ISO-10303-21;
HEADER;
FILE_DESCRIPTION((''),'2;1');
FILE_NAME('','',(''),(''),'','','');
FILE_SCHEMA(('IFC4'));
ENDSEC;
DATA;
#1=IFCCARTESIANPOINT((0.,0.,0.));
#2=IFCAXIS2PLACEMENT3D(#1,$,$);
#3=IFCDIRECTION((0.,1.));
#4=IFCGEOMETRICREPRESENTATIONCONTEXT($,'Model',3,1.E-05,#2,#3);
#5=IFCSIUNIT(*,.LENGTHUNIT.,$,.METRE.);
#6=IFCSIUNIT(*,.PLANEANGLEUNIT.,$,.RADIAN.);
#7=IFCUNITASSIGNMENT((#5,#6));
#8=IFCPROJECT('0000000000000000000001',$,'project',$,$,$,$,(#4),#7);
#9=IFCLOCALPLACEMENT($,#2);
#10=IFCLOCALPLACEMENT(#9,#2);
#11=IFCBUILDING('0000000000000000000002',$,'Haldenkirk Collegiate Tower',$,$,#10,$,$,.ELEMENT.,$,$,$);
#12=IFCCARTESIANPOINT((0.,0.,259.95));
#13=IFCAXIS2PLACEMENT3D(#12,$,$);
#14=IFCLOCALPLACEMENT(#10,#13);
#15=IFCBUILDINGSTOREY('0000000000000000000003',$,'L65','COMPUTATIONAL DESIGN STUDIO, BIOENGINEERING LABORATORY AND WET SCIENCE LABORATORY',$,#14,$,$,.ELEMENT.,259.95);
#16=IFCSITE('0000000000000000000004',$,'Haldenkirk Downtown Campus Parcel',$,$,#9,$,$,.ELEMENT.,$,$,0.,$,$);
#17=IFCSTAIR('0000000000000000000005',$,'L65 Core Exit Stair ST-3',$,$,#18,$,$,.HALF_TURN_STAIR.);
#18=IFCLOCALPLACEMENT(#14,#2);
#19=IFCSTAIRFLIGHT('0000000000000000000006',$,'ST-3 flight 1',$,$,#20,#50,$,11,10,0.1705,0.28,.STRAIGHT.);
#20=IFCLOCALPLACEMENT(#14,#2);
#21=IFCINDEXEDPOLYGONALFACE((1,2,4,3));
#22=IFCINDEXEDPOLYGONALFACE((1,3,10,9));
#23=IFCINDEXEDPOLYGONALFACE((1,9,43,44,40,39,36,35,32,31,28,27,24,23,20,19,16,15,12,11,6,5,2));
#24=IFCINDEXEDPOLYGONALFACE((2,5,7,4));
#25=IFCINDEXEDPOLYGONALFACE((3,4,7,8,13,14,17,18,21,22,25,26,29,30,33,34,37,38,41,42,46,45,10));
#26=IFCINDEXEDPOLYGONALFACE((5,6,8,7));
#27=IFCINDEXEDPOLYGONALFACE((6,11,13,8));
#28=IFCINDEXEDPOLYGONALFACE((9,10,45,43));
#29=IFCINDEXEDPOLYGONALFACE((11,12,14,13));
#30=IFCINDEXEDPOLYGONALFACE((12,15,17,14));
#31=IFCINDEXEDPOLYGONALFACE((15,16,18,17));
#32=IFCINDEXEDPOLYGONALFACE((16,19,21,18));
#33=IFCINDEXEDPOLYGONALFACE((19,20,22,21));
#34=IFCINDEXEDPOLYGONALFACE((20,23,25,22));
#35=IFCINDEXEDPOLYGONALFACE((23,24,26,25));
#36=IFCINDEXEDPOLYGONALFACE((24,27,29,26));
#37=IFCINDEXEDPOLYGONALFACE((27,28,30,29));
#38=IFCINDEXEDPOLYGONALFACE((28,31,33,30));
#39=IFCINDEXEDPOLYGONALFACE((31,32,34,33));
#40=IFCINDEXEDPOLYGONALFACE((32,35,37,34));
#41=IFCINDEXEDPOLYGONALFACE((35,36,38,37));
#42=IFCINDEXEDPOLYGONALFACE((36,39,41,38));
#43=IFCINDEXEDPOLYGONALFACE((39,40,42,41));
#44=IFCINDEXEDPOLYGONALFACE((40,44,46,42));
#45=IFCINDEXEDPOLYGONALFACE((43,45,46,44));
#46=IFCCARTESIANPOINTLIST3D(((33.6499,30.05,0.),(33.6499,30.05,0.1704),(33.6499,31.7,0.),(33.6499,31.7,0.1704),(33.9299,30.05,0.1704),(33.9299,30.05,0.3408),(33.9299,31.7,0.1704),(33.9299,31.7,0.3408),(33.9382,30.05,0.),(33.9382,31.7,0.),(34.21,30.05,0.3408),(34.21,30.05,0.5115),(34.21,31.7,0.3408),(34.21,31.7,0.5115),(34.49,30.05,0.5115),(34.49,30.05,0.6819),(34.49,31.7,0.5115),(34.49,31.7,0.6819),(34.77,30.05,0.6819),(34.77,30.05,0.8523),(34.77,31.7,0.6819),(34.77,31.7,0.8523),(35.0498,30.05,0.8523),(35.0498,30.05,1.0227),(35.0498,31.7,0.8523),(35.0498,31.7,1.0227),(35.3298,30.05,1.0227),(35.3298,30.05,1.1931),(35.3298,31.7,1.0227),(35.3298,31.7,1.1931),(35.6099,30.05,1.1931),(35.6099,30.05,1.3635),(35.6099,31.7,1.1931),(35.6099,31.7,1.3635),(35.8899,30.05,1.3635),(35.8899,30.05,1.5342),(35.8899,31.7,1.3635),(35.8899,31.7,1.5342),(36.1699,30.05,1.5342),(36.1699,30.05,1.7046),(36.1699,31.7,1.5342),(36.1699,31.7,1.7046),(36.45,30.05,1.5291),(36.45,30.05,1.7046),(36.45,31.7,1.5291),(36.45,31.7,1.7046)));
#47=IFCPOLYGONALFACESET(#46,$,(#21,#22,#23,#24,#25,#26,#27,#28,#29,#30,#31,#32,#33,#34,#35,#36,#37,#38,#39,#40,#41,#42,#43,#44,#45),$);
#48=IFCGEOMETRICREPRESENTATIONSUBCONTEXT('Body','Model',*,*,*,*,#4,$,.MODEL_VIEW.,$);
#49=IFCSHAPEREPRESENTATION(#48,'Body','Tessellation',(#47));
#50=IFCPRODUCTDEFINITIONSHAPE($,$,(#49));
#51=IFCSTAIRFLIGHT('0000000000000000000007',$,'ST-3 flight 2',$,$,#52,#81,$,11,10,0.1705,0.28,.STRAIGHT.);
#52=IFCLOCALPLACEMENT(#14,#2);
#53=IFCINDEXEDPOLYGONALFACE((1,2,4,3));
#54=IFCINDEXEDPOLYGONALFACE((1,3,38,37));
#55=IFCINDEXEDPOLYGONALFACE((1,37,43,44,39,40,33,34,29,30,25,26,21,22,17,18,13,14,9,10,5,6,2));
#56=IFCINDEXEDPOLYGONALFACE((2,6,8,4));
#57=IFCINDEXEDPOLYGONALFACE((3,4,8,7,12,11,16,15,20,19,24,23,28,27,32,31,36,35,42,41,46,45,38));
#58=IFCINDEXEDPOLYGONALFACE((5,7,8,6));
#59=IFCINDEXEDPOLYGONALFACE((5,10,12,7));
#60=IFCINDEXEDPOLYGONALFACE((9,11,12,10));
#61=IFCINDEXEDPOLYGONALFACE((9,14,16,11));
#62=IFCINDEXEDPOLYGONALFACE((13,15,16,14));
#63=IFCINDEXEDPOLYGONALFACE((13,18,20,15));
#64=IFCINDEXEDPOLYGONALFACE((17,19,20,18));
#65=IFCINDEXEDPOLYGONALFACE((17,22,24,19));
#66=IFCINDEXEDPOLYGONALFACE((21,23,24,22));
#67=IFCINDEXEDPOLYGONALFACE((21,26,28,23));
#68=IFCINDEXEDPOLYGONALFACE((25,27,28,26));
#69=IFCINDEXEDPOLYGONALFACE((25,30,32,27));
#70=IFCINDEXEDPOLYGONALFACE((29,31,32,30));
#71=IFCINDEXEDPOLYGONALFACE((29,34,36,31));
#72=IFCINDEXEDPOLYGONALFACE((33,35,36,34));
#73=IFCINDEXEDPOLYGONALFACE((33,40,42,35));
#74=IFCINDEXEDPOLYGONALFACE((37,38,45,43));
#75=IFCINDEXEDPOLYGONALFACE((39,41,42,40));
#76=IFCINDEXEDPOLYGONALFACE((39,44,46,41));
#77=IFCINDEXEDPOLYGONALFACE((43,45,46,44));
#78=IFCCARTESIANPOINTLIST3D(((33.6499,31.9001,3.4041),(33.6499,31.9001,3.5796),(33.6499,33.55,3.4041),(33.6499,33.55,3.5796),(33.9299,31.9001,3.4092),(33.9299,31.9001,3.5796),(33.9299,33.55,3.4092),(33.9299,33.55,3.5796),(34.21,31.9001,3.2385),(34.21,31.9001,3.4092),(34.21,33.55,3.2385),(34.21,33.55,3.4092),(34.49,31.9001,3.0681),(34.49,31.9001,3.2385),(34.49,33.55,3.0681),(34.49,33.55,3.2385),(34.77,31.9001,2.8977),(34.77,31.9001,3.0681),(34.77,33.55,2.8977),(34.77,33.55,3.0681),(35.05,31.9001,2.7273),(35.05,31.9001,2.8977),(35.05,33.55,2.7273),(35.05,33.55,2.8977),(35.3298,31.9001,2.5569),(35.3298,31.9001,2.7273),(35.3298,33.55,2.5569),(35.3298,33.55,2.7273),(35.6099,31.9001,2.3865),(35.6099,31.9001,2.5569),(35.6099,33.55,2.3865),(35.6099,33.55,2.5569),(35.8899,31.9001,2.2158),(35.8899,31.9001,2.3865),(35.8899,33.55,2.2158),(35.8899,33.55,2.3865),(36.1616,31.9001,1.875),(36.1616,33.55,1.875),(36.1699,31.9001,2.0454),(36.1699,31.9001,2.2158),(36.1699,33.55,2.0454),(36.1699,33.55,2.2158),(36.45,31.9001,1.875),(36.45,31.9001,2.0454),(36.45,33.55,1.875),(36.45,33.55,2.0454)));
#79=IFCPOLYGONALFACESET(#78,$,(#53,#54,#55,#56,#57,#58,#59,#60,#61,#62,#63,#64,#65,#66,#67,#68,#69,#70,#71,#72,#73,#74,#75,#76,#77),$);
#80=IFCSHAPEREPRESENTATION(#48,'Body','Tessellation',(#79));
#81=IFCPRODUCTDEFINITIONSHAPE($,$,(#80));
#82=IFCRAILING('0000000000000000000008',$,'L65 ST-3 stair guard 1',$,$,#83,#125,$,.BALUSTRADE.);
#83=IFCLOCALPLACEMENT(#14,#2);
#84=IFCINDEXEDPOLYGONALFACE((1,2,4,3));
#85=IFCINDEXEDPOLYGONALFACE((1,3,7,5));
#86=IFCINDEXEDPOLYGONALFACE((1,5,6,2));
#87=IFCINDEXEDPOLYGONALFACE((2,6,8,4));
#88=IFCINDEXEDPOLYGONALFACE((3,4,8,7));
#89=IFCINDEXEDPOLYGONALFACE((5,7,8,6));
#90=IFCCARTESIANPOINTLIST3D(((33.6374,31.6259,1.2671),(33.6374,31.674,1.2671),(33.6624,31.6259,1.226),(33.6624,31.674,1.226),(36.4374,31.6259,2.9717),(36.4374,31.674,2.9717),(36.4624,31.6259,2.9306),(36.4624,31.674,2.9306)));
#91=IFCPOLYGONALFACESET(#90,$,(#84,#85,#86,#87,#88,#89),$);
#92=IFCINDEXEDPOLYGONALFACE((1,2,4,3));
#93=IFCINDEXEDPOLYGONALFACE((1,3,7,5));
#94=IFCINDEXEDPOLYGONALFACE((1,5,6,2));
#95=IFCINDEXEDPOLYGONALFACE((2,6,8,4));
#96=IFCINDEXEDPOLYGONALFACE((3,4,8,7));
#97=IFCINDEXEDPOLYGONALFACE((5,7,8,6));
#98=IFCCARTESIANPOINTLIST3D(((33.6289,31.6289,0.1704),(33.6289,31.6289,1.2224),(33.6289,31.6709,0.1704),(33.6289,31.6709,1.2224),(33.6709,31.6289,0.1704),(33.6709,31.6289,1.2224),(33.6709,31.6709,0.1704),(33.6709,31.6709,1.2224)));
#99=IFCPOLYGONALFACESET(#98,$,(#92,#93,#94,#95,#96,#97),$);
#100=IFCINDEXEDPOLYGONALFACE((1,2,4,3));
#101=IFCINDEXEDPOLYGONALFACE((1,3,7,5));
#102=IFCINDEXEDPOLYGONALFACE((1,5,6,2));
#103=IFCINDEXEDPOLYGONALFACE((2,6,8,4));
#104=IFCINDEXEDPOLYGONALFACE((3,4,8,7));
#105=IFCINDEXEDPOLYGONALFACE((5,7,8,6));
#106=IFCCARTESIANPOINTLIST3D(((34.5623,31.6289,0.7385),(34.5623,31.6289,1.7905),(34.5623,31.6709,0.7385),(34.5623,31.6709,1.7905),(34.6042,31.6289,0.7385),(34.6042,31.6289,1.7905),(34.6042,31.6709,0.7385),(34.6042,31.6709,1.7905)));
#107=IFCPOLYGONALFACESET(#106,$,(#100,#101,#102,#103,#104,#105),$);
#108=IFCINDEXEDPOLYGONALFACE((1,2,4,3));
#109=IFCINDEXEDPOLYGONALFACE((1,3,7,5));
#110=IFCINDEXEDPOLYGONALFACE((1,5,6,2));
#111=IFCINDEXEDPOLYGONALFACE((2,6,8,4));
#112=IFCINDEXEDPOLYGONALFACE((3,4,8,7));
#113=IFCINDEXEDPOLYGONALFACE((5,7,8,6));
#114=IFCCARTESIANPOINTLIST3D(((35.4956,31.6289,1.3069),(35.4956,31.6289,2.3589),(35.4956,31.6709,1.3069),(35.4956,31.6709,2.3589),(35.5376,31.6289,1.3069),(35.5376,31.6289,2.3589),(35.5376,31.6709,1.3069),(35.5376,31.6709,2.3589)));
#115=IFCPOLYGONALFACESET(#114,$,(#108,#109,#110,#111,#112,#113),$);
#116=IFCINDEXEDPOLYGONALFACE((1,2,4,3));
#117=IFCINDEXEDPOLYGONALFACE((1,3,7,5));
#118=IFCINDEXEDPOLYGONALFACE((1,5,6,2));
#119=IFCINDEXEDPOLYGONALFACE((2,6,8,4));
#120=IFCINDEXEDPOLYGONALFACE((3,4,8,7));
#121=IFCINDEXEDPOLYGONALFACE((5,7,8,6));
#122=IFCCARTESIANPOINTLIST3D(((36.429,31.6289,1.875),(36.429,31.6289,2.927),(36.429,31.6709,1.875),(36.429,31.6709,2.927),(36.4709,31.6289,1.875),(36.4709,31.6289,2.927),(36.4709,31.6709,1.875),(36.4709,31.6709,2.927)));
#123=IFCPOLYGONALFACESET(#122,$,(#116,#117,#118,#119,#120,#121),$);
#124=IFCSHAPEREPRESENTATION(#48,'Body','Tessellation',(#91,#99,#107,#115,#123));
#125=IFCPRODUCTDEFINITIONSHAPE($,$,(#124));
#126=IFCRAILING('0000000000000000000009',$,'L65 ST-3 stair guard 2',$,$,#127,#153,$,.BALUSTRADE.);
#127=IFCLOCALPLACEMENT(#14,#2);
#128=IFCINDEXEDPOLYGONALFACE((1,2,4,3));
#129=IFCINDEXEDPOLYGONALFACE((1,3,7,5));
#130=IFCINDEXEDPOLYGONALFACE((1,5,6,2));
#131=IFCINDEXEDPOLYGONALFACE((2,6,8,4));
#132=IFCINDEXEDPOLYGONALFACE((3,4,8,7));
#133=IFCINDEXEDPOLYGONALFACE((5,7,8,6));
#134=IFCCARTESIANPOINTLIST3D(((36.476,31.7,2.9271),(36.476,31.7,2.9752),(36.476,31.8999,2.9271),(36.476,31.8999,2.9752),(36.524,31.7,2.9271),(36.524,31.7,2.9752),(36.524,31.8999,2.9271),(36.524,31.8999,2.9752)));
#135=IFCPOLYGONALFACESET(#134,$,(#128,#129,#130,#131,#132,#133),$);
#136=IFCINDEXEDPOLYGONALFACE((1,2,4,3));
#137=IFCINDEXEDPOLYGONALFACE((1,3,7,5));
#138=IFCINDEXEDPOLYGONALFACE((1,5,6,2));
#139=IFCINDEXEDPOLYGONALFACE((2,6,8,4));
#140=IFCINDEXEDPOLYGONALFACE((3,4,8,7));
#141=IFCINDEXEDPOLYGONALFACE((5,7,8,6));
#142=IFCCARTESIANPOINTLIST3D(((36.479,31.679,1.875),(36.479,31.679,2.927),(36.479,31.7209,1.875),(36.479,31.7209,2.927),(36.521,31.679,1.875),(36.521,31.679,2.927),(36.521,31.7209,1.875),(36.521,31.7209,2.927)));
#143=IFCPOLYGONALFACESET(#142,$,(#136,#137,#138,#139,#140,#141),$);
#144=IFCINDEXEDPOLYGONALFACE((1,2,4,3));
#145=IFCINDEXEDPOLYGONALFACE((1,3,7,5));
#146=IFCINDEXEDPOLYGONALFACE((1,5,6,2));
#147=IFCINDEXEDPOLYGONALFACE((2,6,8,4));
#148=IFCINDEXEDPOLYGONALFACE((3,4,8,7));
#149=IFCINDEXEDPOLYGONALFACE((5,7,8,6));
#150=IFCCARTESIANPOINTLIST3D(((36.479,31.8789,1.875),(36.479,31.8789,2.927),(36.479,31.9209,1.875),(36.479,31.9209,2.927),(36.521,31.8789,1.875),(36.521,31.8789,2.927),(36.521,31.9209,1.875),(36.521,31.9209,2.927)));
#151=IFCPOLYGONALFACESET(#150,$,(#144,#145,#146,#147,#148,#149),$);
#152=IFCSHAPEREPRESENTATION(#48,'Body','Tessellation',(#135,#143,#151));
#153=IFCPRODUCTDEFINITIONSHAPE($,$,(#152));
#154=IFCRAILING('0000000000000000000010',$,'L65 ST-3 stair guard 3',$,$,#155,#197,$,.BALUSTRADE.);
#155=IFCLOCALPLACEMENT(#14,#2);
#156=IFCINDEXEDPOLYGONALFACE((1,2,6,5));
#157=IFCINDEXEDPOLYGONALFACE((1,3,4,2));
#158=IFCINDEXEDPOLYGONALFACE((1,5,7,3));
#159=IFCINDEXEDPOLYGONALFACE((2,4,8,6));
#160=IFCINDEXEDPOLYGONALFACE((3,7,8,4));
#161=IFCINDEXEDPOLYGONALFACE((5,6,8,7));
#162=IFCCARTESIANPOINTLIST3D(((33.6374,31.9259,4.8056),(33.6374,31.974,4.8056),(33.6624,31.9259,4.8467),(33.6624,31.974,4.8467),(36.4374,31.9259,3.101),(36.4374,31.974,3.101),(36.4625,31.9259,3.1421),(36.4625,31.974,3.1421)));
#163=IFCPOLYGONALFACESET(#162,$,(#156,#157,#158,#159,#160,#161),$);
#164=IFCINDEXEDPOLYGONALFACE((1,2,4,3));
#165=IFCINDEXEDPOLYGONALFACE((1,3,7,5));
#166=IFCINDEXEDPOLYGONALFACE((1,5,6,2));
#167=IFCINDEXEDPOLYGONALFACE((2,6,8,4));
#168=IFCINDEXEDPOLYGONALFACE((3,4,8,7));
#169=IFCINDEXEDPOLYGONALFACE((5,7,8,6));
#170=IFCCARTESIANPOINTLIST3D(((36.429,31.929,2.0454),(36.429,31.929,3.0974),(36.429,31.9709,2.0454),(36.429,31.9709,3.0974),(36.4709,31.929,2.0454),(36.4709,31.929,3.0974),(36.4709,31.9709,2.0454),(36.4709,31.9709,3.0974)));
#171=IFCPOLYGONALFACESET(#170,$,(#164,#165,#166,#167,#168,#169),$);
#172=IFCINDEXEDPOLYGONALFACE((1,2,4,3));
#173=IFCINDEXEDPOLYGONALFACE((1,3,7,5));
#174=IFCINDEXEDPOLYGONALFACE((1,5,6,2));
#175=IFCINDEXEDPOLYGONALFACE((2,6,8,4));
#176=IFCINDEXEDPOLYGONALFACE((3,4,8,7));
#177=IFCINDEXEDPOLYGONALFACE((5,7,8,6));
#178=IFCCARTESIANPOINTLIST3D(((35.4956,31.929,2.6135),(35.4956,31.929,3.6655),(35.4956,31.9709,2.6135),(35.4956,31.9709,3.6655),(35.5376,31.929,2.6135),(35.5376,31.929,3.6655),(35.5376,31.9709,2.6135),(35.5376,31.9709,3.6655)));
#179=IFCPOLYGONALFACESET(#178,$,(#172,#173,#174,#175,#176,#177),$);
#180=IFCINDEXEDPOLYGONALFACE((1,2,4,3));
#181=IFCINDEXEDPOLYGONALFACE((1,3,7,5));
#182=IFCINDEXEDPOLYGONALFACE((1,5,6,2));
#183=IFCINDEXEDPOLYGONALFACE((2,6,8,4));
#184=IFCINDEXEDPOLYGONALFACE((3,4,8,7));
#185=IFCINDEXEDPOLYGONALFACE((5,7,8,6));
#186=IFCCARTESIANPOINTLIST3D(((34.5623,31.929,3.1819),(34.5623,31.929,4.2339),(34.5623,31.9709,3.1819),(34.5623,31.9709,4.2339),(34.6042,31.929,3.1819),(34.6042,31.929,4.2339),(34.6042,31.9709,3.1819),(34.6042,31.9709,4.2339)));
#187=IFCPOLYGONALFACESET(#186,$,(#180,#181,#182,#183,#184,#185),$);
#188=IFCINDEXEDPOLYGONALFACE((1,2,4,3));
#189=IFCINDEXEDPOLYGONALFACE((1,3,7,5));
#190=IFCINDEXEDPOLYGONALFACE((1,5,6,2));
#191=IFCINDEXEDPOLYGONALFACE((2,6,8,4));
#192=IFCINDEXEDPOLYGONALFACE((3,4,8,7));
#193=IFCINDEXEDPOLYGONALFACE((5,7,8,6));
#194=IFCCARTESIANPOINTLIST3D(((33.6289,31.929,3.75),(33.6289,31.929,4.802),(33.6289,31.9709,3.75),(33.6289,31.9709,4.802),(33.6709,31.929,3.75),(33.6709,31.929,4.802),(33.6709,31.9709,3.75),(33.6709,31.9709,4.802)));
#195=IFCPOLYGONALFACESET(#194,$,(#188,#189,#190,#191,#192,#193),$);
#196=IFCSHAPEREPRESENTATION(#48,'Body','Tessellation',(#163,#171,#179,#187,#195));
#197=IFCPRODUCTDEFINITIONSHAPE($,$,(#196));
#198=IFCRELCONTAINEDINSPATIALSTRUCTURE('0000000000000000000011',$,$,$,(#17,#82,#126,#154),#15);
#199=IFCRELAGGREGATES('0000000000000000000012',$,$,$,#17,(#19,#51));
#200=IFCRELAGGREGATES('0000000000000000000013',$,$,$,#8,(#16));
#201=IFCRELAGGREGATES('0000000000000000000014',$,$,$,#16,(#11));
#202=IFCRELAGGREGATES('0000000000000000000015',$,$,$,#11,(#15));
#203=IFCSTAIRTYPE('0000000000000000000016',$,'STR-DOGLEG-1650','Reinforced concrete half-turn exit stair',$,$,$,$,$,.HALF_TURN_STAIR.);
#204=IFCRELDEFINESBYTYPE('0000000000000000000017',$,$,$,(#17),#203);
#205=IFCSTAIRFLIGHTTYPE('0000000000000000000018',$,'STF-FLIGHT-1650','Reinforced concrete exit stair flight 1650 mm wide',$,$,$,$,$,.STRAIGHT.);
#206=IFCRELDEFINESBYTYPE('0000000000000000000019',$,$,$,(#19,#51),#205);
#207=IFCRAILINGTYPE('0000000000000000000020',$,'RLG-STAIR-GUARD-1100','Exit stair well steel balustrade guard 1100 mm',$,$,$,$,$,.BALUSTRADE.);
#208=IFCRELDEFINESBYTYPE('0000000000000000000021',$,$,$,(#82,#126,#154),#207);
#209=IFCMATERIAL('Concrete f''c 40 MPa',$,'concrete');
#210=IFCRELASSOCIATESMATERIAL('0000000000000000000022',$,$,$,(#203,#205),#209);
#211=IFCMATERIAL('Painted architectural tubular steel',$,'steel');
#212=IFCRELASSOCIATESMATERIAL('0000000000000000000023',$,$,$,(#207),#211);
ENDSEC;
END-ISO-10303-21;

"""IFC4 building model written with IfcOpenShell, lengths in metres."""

from ifc_helpers import new_model, si_unit, direction, frame, origin, origin_2d, place, context, subcontext, project, spatial, polyline, rectangle, outline, extrude, material, type_object, element, aggregate, save


model = new_model("IFC4")

# Units and contexts
model_context = context("Model", 3, precision=1e-05, world=origin(), true_north=direction((0.0, 1.0)))
body_context = subcontext(model_context, "Body", "Model", "MODEL_VIEW")
ifc_project = project(units=[si_unit("LENGTHUNIT", "METRE"), si_unit("PLANEANGLEUNIT", "RADIAN")], contexts=[model_context])

# Site, building, storey
site_placement = place(None, origin())
site = spatial("IfcSite", under=ifc_project, at=site_placement, Name="Haldenkirk Downtown Campus Parcel", CompositionType="ELEMENT", RefElevation=0.0)
building_placement = place(site_placement, origin())
building = spatial("IfcBuilding", under=site, at=building_placement, Name="Haldenkirk Collegiate Tower", CompositionType="ELEMENT")
storey_placement = place(building_placement, frame((0.0, 0.0, 259.95)))
storey = spatial("IfcBuildingStorey", under=building, at=storey_placement, Name="L65", Description="COMPUTATIONAL DESIGN STUDIO, BIOENGINEERING LABORATORY AND WET SCIENCE LABORATORY", CompositionType="ELEMENT", Elevation=259.95)

# Stair, stair flights
ifc_material_1 = material(Name="Concrete f'c 40 MPa", Category="concrete")
stair_type = type_object("IfcStairType", Name="STR-DOGLEG-1650", Description="Reinforced concrete half-turn exit stair", PredefinedType="HALF_TURN_STAIR", material=ifc_material_1)
stair_placement = place(storey_placement, origin())
stair = element("IfcStair", 1, at=stair_placement, inside=storey, type_object=stair_type, Name="L65 Core Exit Stair ST-3", PredefinedType="HALF_TURN_STAIR")
stair_flight_type = type_object("IfcStairFlightType", Name="STF-FLIGHT-1650", Description="Reinforced concrete exit stair flight 1650 mm wide", PredefinedType="STRAIGHT", material=ifc_material_1)
stair_flight_1_placement = place(storey_placement, frame((33.6499, 30.875, 0.0), z_axis=(0.0, 0.0, 1.0), x_axis=(1.0, 0.0, 0.0)))
stair_flight_1 = element("IfcStairFlight", 2, at=stair_flight_1_placement, type_object=stair_flight_type, Name="ST-3 flight 1", NumberOfRisers=11, NumberOfTreads=10, PredefinedType="STRAIGHT", RiserHeight=0.1705, TreadLength=0.28, context=body_context, shape_type="SweptSolid", body=[
    extrude(outline(polyline([(0.0, 0.0), (0.0, 0.1704), (0.28, 0.1704), (0.28, 0.3408), (0.5601, 0.3408), (0.5601, 0.5115), (0.8401, 0.5115), (0.8401, 0.6819), (1.1201, 0.6819), (1.1201, 0.8523), (1.3999, 0.8523), (1.3999, 1.0227), (1.6799, 1.0227), (1.6799, 1.1931), (1.96, 1.1931), (1.96, 1.3635), (2.24, 1.3635), (2.24, 1.5342), (2.52, 1.5342), (2.52, 1.7046), (2.8, 1.7046), (2.8, 1.875), (2.8, 1.5291), (0.2883, 0.0), (0.0, 0.0)])), frame((0.0, 0.825, 0.0), z_axis=(0.0, -1.0, 0.0), x_axis=(1.0, 0.0, 0.0)), (0.0, 0.0, 1.0), 1.6499),
])
stair_flight_2_placement = place(storey_placement, frame((36.45, 32.7251, 1.875), z_axis=(0.0, 0.0, 1.0), x_axis=(-1.0, 0.0, 0.0)))
stair_flight_2 = element("IfcStairFlight", 3, at=stair_flight_2_placement, type_object=stair_flight_type, Name="ST-3 flight 2", NumberOfRisers=11, NumberOfTreads=10, PredefinedType="STRAIGHT", RiserHeight=0.1705, TreadLength=0.28, context=body_context, shape_type="SweptSolid", body=[
    extrude(outline(polyline([(0.0, 0.0), (0.0, 0.1704), (0.28, 0.1704), (0.28, 0.3408), (0.5601, 0.3408), (0.5601, 0.5115), (0.8401, 0.5115), (0.8401, 0.6819), (1.1201, 0.6819), (1.1201, 0.8523), (1.3999, 0.8523), (1.3999, 1.0227), (1.6799, 1.0227), (1.6799, 1.1931), (1.96, 1.1931), (1.96, 1.3635), (2.24, 1.3635), (2.24, 1.5342), (2.52, 1.5342), (2.52, 1.7046), (2.8, 1.7046), (2.8, 1.875), (2.8, 1.5291), (0.2883, 0.0), (0.0, 0.0)])), frame((0.0, 0.825, 0.0), z_axis=(0.0, -1.0, 0.0), x_axis=(1.0, 0.0, 0.0)), (0.0, 0.0, 1.0), 1.6499),
])
aggregate(stair, [stair_flight_1, stair_flight_2])

# Railings
ifc_material_2 = material(Name="Painted architectural tubular steel", Category="steel")
railing_type_1 = type_object("IfcRailingType", Name="RLG-STAIR-GUARD-1100", Description="Exit stair well steel balustrade guard 1100 mm", PredefinedType="BALUSTRADE", material=ifc_material_2)
railing_1_placement = place(storey_placement, frame((33.6499, 31.6499, 0.1704)))
element("IfcRailing", 4, at=railing_1_placement, inside=storey, type_object=railing_type_1, Name="L65 ST-3 stair guard 1", PredefinedType="BALUSTRADE", context=body_context, shape_type="SweptSolid", body=[
    extrude(rectangle(XDim=0.0481, YDim=0.0481, at=origin_2d()), frame((0.0, 0.0, 1.0762), z_axis=(0.85417, 0.0, 0.519994), x_axis=(0.0, 1.0, 0.0)), (0.0, 0.0, 1.0), 3.2781),
    extrude(rectangle(XDim=0.042, YDim=0.042, at=origin_2d()), origin(), (0.0, 0.0, 1.0), 1.052),
    extrude(rectangle(XDim=0.042, YDim=0.042, at=origin_2d()), frame((0.9333, 0.0, 0.5681)), (0.0, 0.0, 1.0), 1.052),
    extrude(rectangle(XDim=0.042, YDim=0.042, at=origin_2d()), frame((1.8667, 0.0, 1.1365)), (0.0, 0.0, 1.0), 1.052),
    extrude(rectangle(XDim=0.042, YDim=0.042, at=origin_2d()), frame((2.8, 0.0, 1.7046)), (0.0, 0.0, 1.0), 1.052),
])
railing_2_placement = place(storey_placement, frame((36.5, 31.7, 1.875)))
element("IfcRailing", 5, at=railing_2_placement, inside=storey, type_object=railing_type_1, Name="L65 ST-3 stair guard 2", PredefinedType="BALUSTRADE", context=body_context, shape_type="SweptSolid", body=[
    extrude(rectangle(XDim=0.0481, YDim=0.0481, at=origin_2d()), frame((0.0, 0.0, 1.0762), z_axis=(0.0, 1.0, 0.0), x_axis=(-1.0, 0.0, 0.0)), (0.0, 0.0, 1.0), 0.2),
    extrude(rectangle(XDim=0.042, YDim=0.042, at=origin_2d()), origin(), (0.0, 0.0, 1.0), 1.052),
    extrude(rectangle(XDim=0.042, YDim=0.042, at=origin_2d()), frame((0.0, 0.2, 0.0)), (0.0, 0.0, 1.0), 1.052),
])
railing_3_placement = place(storey_placement, frame((36.45, 31.95, 2.0454)))
element("IfcRailing", 6, at=railing_3_placement, inside=storey, type_object=railing_type_1, Name="L65 ST-3 stair guard 3", PredefinedType="BALUSTRADE", context=body_context, shape_type="SweptSolid", body=[
    extrude(rectangle(XDim=0.0481, YDim=0.0481, at=origin_2d()), frame((0.0, 0.0, 1.0762), z_axis=(-0.85417, 0.0, 0.519994), x_axis=(0.0, -1.0, 0.0)), (0.0, 0.0, 1.0), 3.2781),
    extrude(rectangle(XDim=0.042, YDim=0.042, at=origin_2d()), origin(), (0.0, 0.0, 1.0), 1.052),
    extrude(rectangle(XDim=0.042, YDim=0.042, at=origin_2d()), frame((-0.9333, 0.0, 0.5681)), (0.0, 0.0, 1.0), 1.052),
    extrude(rectangle(XDim=0.042, YDim=0.042, at=origin_2d()), frame((-1.8667, 0.0, 1.1365)), (0.0, 0.0, 1.0), 1.052),
    extrude(rectangle(XDim=0.042, YDim=0.042, at=origin_2d()), frame((-2.8, 0.0, 1.7046)), (0.0, 0.0, 1.0), 1.052),
])

save(model, "model.ifc")
